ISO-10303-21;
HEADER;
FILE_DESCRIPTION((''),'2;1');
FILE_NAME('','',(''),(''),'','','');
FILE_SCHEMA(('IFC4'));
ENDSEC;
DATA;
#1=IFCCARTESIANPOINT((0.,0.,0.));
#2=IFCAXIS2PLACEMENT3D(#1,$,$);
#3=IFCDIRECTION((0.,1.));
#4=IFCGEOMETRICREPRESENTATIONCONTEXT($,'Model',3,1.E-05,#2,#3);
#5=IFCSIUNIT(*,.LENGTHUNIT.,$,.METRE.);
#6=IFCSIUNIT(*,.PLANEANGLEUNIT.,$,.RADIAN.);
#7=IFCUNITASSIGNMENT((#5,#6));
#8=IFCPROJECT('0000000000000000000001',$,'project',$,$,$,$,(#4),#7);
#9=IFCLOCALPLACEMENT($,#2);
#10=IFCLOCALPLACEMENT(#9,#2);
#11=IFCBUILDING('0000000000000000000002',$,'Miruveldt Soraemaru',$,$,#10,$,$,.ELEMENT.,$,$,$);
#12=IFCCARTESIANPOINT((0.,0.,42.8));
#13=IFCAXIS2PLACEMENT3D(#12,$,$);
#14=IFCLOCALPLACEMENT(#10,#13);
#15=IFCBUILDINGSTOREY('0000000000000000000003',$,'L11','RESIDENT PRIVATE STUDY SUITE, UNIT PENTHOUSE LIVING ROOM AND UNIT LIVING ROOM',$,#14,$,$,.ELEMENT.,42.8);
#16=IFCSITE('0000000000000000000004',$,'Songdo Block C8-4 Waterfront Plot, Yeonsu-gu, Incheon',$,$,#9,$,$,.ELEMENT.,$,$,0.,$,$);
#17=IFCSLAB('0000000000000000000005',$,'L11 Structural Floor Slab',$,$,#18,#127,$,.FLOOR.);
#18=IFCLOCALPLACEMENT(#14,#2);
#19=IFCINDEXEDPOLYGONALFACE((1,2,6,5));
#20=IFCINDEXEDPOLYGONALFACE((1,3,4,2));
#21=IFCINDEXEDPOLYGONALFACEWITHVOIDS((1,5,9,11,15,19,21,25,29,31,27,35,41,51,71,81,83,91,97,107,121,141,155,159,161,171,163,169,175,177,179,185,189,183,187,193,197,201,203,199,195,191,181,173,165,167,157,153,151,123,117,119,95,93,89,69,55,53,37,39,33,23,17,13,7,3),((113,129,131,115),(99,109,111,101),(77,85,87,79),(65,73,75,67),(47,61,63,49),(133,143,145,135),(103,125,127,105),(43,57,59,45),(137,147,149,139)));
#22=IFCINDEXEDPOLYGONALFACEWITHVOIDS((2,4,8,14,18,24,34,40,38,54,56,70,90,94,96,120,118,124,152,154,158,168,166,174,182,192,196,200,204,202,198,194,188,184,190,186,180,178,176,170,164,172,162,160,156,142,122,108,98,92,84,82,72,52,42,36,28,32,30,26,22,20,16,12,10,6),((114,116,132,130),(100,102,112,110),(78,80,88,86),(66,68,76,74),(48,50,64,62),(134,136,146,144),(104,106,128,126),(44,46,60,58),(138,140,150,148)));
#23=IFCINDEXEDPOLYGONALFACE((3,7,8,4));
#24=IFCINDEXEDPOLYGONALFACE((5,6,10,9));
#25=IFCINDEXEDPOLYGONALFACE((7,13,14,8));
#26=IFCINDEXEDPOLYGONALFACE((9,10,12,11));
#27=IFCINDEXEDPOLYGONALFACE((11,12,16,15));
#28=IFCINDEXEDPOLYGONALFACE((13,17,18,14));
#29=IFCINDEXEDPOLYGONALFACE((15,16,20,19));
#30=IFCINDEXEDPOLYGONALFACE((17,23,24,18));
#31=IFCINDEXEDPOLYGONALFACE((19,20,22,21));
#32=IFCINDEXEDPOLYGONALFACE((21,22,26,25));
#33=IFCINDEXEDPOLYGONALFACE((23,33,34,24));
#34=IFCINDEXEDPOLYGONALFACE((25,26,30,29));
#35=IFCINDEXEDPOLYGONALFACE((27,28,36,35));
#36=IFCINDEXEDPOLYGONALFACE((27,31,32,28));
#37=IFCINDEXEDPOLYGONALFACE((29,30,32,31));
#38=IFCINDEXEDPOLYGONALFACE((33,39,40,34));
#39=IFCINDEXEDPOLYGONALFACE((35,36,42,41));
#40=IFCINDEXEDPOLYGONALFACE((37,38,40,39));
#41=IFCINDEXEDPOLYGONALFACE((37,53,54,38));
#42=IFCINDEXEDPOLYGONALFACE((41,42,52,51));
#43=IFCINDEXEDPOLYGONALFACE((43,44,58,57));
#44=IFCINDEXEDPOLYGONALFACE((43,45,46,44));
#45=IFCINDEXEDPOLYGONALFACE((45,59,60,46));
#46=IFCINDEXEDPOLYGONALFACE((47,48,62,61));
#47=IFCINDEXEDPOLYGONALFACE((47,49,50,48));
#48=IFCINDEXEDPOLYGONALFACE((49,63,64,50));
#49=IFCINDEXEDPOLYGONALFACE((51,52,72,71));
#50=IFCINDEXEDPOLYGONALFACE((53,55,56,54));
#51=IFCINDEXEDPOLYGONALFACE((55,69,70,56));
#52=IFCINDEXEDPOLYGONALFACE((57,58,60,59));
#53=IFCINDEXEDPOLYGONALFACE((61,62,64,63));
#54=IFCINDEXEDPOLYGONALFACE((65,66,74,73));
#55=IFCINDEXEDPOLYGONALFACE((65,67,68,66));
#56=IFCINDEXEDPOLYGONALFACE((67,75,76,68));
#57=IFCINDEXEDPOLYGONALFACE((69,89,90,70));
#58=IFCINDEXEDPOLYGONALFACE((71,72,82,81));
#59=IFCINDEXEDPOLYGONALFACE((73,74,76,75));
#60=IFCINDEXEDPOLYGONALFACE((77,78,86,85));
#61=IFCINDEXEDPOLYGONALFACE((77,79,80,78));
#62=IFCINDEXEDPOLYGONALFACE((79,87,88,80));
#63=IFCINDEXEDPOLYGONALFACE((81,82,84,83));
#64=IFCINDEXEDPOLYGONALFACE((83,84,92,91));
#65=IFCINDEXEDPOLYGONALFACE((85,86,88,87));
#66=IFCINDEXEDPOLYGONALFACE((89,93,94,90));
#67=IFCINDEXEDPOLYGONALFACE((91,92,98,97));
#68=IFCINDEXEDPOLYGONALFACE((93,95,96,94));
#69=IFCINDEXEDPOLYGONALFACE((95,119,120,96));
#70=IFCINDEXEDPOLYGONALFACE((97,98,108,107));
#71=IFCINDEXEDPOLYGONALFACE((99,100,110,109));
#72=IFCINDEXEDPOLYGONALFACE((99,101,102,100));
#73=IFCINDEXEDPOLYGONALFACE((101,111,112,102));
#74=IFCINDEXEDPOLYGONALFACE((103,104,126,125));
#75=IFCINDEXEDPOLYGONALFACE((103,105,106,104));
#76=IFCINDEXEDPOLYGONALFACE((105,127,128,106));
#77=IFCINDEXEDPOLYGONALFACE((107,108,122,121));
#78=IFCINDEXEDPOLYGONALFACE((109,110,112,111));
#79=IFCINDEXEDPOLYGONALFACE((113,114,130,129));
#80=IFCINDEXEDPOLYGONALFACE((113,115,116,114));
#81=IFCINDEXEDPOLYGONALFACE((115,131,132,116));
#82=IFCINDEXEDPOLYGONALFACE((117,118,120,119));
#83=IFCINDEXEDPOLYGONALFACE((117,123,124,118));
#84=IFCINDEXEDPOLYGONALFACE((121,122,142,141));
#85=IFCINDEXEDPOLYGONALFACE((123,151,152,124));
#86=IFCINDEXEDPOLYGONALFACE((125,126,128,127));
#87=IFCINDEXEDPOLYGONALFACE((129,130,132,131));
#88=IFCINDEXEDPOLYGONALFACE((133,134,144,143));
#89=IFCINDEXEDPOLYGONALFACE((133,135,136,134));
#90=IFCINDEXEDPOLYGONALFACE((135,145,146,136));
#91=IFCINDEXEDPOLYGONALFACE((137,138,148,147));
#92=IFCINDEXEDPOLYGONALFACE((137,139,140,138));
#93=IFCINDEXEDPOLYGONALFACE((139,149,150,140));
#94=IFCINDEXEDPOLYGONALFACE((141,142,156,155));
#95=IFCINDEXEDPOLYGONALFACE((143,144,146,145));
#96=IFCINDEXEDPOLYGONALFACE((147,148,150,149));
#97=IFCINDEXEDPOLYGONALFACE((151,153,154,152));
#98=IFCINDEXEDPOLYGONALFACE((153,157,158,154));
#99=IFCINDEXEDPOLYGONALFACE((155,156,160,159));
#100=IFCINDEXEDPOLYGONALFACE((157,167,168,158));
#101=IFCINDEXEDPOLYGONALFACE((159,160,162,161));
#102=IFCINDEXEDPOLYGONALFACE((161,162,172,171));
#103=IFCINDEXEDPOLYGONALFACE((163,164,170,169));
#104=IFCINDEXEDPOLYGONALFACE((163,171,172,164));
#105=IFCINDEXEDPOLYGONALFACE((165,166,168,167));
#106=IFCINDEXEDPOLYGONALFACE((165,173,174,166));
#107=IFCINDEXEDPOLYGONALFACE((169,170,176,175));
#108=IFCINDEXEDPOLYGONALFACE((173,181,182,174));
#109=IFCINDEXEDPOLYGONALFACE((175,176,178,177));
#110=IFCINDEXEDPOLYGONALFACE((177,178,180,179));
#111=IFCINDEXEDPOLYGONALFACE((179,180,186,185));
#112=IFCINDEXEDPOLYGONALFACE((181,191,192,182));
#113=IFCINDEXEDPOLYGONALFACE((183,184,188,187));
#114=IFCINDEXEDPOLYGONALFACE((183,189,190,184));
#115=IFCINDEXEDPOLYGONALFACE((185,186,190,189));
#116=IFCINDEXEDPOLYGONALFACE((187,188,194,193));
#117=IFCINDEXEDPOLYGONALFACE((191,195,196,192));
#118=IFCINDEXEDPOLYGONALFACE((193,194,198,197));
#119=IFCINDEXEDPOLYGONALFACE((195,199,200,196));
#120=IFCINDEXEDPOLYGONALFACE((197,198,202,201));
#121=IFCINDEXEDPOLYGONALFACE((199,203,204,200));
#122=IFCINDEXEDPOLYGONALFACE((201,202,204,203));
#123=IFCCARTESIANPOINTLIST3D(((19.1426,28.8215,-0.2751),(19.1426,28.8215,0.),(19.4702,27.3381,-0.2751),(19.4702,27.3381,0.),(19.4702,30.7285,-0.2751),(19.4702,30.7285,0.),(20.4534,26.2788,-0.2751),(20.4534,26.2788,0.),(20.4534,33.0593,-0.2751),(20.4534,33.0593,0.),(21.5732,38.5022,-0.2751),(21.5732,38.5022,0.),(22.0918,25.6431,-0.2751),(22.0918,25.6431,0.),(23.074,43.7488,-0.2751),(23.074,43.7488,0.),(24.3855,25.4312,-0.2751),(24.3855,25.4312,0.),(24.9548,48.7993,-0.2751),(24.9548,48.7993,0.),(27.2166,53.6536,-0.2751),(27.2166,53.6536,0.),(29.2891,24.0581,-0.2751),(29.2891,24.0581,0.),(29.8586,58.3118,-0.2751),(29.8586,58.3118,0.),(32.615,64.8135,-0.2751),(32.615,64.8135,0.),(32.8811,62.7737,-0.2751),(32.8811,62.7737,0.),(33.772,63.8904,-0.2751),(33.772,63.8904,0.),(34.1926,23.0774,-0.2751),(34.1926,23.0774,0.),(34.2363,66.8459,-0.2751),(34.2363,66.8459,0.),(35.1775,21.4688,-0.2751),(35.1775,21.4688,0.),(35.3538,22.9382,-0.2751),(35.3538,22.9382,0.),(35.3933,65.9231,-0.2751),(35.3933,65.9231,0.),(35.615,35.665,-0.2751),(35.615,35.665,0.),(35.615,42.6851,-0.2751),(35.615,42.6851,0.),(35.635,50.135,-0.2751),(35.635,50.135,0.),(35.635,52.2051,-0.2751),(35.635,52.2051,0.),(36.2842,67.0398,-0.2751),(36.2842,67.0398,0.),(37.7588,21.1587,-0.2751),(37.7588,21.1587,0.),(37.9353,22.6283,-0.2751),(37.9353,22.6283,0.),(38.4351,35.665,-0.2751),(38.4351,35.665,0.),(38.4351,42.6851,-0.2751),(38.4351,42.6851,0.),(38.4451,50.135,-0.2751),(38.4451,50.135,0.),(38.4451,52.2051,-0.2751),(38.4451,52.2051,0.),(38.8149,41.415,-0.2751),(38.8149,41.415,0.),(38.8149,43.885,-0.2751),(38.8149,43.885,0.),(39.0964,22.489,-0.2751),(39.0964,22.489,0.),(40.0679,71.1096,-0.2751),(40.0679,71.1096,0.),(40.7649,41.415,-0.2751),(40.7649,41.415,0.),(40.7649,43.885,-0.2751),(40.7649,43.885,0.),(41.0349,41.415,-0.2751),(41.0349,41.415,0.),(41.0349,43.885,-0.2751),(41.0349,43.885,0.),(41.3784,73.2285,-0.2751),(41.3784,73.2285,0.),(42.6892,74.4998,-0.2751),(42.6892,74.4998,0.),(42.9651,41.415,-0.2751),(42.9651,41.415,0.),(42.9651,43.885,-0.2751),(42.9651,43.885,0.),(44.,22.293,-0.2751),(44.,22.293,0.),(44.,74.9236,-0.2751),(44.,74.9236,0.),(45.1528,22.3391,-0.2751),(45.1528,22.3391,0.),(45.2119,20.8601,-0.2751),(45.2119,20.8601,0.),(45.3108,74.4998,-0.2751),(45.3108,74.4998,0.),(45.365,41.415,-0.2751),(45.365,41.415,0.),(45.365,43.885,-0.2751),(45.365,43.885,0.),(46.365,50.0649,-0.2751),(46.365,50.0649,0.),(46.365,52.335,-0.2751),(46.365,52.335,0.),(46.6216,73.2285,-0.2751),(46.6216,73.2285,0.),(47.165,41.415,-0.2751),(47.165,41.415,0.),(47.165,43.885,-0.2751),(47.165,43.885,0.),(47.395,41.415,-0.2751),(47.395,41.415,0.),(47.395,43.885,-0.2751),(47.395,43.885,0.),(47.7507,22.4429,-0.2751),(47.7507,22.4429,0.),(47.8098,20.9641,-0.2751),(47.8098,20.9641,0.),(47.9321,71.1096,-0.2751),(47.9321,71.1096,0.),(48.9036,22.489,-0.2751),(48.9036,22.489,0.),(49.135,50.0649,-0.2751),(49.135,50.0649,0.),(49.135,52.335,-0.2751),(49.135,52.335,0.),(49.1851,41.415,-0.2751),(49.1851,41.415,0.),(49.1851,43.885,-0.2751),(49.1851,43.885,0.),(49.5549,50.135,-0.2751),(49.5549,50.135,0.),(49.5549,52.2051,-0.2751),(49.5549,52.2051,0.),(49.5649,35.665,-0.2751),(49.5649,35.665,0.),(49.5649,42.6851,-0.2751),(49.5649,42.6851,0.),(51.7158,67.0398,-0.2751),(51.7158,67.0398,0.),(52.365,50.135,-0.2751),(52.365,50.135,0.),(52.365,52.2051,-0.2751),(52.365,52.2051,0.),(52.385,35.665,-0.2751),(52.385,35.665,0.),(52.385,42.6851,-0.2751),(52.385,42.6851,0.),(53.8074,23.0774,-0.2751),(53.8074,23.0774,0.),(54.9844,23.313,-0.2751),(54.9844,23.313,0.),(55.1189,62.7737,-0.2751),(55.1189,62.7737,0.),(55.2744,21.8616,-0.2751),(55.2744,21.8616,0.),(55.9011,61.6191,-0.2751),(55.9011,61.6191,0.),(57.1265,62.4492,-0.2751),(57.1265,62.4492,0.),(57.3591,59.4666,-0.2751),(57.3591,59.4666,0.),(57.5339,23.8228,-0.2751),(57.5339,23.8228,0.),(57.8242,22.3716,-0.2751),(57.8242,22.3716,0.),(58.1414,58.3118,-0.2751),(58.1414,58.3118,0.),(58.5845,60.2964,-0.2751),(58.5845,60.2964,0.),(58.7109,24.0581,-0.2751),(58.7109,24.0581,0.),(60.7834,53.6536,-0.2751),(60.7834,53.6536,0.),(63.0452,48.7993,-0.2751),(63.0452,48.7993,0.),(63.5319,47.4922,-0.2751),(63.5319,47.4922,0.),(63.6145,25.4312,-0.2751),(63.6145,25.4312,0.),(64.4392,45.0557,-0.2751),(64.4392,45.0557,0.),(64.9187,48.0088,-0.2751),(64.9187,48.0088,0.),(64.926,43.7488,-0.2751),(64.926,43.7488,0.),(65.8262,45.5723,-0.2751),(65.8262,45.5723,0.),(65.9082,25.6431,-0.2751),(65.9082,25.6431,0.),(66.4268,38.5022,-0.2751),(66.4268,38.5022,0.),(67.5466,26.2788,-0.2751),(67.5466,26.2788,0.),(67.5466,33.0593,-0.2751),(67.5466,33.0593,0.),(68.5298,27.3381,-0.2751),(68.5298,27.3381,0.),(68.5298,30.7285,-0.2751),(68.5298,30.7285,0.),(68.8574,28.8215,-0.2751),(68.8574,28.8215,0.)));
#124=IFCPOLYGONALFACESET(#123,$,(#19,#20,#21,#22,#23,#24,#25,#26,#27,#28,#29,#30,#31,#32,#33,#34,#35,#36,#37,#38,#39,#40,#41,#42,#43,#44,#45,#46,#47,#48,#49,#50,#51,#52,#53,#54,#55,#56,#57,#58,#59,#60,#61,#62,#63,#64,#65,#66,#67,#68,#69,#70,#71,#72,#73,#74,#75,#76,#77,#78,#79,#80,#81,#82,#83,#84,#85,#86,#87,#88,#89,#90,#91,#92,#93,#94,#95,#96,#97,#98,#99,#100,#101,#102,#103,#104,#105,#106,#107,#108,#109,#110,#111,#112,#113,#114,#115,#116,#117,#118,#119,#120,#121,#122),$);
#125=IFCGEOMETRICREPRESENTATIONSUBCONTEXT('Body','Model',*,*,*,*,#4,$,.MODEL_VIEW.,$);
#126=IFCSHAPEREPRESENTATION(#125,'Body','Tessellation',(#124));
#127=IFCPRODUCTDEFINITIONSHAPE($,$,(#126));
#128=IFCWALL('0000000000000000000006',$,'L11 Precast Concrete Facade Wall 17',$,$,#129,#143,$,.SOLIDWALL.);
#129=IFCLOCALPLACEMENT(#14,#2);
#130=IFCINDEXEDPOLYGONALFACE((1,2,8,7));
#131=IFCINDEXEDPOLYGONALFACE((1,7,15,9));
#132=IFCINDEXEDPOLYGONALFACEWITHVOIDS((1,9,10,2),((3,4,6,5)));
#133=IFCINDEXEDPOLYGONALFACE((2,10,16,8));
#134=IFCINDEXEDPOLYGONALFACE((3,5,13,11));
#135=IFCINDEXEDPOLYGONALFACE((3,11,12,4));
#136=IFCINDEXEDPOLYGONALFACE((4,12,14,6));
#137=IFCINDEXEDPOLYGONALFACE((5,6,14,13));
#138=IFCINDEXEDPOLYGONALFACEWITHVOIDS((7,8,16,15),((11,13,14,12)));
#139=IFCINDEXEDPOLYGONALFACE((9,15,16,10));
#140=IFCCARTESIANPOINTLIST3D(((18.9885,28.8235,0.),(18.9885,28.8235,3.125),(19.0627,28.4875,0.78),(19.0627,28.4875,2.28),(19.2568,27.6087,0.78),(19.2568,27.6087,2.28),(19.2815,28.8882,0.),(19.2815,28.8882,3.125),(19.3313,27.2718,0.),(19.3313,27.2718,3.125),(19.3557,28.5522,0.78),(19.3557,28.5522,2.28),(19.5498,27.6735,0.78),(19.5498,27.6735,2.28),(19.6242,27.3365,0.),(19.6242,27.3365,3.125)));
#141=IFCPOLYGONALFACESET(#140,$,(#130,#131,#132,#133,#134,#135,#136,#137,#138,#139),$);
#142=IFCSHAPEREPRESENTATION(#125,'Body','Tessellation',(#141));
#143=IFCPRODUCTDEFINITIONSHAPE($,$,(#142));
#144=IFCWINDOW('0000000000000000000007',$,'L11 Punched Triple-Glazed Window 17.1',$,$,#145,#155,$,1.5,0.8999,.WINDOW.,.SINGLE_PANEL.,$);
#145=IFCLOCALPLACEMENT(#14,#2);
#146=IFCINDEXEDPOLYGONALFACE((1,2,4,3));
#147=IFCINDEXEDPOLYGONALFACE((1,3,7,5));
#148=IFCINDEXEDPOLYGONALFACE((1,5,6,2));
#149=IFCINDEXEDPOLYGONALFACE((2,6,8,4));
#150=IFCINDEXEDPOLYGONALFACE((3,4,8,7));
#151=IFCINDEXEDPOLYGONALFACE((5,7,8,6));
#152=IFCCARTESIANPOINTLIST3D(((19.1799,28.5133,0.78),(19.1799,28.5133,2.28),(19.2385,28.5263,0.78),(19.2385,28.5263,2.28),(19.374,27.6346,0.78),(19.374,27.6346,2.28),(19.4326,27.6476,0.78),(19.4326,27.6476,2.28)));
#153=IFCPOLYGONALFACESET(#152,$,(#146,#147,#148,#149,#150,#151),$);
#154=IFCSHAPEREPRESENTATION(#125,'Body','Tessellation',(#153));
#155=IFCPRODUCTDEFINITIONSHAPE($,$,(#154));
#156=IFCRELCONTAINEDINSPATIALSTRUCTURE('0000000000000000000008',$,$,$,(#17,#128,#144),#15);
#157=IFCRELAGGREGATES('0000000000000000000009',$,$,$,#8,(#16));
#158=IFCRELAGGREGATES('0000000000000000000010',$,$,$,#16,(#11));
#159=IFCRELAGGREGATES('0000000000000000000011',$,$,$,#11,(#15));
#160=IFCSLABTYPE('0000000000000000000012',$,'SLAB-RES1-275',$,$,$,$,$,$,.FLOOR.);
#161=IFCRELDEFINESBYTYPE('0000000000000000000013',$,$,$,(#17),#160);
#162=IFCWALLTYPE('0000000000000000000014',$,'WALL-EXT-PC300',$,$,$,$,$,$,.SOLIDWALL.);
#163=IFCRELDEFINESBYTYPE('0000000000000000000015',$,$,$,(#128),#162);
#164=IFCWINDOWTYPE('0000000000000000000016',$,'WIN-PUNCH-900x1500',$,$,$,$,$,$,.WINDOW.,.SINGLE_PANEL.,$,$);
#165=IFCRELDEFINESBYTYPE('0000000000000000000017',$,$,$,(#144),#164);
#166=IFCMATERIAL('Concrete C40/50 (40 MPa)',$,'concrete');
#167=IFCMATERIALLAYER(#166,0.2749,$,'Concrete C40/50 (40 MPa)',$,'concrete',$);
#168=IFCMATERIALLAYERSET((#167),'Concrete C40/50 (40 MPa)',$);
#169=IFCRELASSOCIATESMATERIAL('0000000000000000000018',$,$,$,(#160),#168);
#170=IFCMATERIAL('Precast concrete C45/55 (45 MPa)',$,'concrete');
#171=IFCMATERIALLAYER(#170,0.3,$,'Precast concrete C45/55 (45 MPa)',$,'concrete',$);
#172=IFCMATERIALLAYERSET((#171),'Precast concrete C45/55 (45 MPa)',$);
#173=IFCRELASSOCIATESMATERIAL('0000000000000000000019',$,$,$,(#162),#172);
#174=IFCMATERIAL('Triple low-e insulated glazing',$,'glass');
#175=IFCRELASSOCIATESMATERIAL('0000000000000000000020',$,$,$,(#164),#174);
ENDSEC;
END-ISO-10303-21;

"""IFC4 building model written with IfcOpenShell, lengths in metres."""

from ifc_helpers import new_model, si_unit, direction, frame, frame_2d, origin, place, context, subcontext, project, spatial, polyline, rectangle, outline, extrude, material, layer, layer_set, type_object, element, fill, save


model = new_model("IFC4")

# Units and contexts
model_context = context("Model", 3, precision=1e-05, world=origin(), true_north=direction((0.0, 1.0)))
body_context = subcontext(model_context, "Body", "Model", "MODEL_VIEW")
ifc_project = project(units=[si_unit("LENGTHUNIT", "METRE"), si_unit("PLANEANGLEUNIT", "RADIAN")], contexts=[model_context])

# Site, building, storey
site_placement = place(None, origin())
site = spatial("IfcSite", under=ifc_project, at=site_placement, Name="Songdo Block C8-4 Waterfront Plot, Yeonsu-gu, Incheon", CompositionType="ELEMENT", RefElevation=0.0)
building_placement = place(site_placement, origin())
building = spatial("IfcBuilding", under=site, at=building_placement, Name="Miruveldt Soraemaru", CompositionType="ELEMENT")
storey_placement = place(building_placement, frame((0.0, 0.0, 42.8)))
storey = spatial("IfcBuildingStorey", under=building, at=storey_placement, Name="L11", Description="RESIDENT PRIVATE STUDY SUITE, UNIT PENTHOUSE LIVING ROOM AND UNIT LIVING ROOM", CompositionType="ELEMENT", Elevation=42.8)

# Shared definitions
ifc_material_1 = material(Name="Concrete C40/50 (40 MPa)", Category="concrete")

# Slab
ifc_layer_1 = layer(ifc_material_1, 0.2749, Name="Concrete C40/50 (40 MPa)", Category="concrete")
ifc_layer_set_1 = layer_set([ifc_layer_1], Name="Concrete C40/50 (40 MPa)")
slab_type_1 = type_object("IfcSlabType", Name="SLAB-RES1-275", PredefinedType="FLOOR", material=ifc_layer_set_1)
slab_1_placement = place(storey_placement, frame((0.0, 0.0, -0.2751)))
element("IfcSlab", 1, at=slab_1_placement, inside=storey, type_object=slab_type_1, Name="L11 Structural Floor Slab", PredefinedType="FLOOR", context=body_context, shape_type="SweptSolid", body=[
    extrude(outline(polyline([(45.2119, 20.8601), (45.1528, 22.3391), (46.4519, 22.3911), (44.0, 22.293), (39.0964, 22.489), (36.6445, 22.7832), (37.9353, 22.6284), (37.7588, 21.1587), (35.1775, 21.4688), (35.3538, 22.9382), (34.1926, 23.0774), (29.2891, 24.0581), (24.3855, 25.4312), (22.0918, 25.6431), (20.4534, 26.2788), (19.4702, 27.3381), (19.1426, 28.8215), (19.4702, 30.7285), (20.4534, 33.0593), (21.5732, 38.5022), (23.074, 43.7488), (24.9548, 48.7993), (27.2166, 53.6536), (29.8586, 58.3118), (32.8811, 62.7737), (34.5828, 64.9067), (33.772, 63.8904), (32.615, 64.8135), (34.2363, 66.8459), (35.3933, 65.9231), (36.2842, 67.0398), (40.0679, 71.1096), (41.3784, 73.2285), (42.6892, 74.4998), (44.0, 74.9236), (45.3108, 74.4998), (46.6216, 73.2285), (47.9321, 71.1096), (51.7158, 67.0398), (55.1189, 62.7737), (55.9011, 61.6191), (57.1265, 62.4492), (58.5845, 60.2964), (57.3591, 59.4666), (58.1414, 58.3118), (60.7834, 53.6536), (63.0452, 48.7993), (63.9856, 46.2739), (63.532, 47.4922), (64.9187, 48.0088), (65.8262, 45.5723), (64.4392, 45.0557), (64.926, 43.7488), (66.4268, 38.5022), (67.5466, 33.0593), (68.5298, 30.7285), (68.8574, 28.8215), (68.5298, 27.3381), (67.5466, 26.2788), (65.9082, 25.6431), (63.6145, 25.4312), (58.7109, 24.0581), (57.5339, 23.8228), (57.8242, 22.3716), (55.2744, 21.8616), (54.9844, 23.313), (53.8074, 23.0774), (48.9036, 22.489), (47.7507, 22.4429), (47.8098, 20.9641), (45.2119, 20.8601)]), holes=[polyline([(35.615, 35.665), (38.4351, 35.665), (38.4351, 42.6851), (35.615, 42.6851), (35.615, 35.665)]), polyline([(49.5649, 35.665), (52.385, 35.665), (52.385, 42.6851), (49.5649, 42.6851), (49.5649, 35.665)]), polyline([(40.7649, 41.415), (40.7649, 43.885), (38.8149, 43.885), (38.8149, 41.415), (40.7649, 41.415)]), polyline([(42.9651, 41.415), (42.9651, 43.885), (41.0349, 43.885), (41.0349, 41.415), (42.9651, 41.415)]), polyline([(47.165, 41.415), (47.165, 43.885), (45.365, 43.885), (45.365, 41.415), (47.165, 41.415)]), polyline([(49.1851, 41.415), (49.1851, 43.885), (47.395, 43.885), (47.395, 41.415), (49.1851, 41.415)]), polyline([(38.4451, 50.135), (38.4451, 52.2051), (35.635, 52.2051), (35.635, 50.135), (38.4451, 50.135)]), polyline([(49.5549, 50.135), (52.365, 50.135), (52.365, 52.2051), (49.5549, 52.2051), (49.5549, 50.135)]), polyline([(46.365, 50.0649), (49.135, 50.0649), (49.135, 52.335), (46.365, 52.335), (46.365, 50.0649)])]), origin(), (0.0, 0.0, 1.0), 0.2751),
])

# Wall, opening, window
ifc_material_2 = material(Name="Precast concrete C45/55 (45 MPa)", Category="concrete")
ifc_layer_2 = layer(ifc_material_2, 0.3, Name="Precast concrete C45/55 (45 MPa)", Category="concrete")
ifc_layer_set_2 = layer_set([ifc_layer_2], Name="Precast concrete C45/55 (45 MPa)")
wall_type_1 = type_object("IfcWallType", Name="WALL-EXT-PC300", PredefinedType="SOLIDWALL", material=ifc_layer_set_2)
wall_1_placement = place(storey_placement, frame((19.135, 28.8557, 0.0), z_axis=(0.0, 0.0, 1.0), x_axis=(0.215694, -0.976461, 0.0)))
wall_1 = element("IfcWall", 2, at=wall_1_placement, inside=storey, type_object=wall_type_1, Name="L11 Precast Concrete Facade Wall 17", PredefinedType="SOLIDWALL", context=body_context, shape_type="SweptSolid", body=[
    extrude(rectangle(XDim=1.5891, YDim=0.3, at=frame_2d((0.7944, 0.0))), origin(), (0.0, 0.0, 1.0), 3.125),
])
opening_1_placement = place(wall_1_placement, frame((0.344, 0.0, 0.78)))
opening_1 = element("IfcOpeningElement", 3, at=opening_1_placement, cuts=wall_1, PredefinedType="OPENING", context=body_context, shape_type="SweptSolid", body=[
    extrude(rectangle(XDim=0.8999, YDim=1.5, at=frame_2d((0.45, 0.75))), frame((0.0, 0.1602, 0.0), z_axis=(0.0, -1.0, 0.0), x_axis=(1.0, 0.0, 0.0)), (0.0, 0.0, 1.0), 0.3201),
])
ifc_material_3 = material(Name="Triple low-e insulated glazing", Category="glass")
window_type_1 = type_object("IfcWindowType", Name="WIN-PUNCH-900x1500", PartitioningType="SINGLE_PANEL", PredefinedType="WINDOW", material=ifc_material_3)
window_1_placement = place(opening_1_placement, origin())
window_1 = element("IfcWindow", 4, at=window_1_placement, inside=storey, type_object=window_type_1, Name="L11 Punched Triple-Glazed Window 17.1", OverallHeight=1.5, OverallWidth=0.8999, PartitioningType="SINGLE_PANEL", PredefinedType="WINDOW", context=body_context, shape_type="SweptSolid", body=[
    extrude(rectangle(XDim=0.8999, YDim=1.5, at=frame_2d((0.45, 0.75))), frame((0.0, 0.03, 0.0), z_axis=(0.0, -1.0, 0.0), x_axis=(1.0, 0.0, 0.0)), (0.0, 0.0, 1.0), 0.0601),
])
fill(opening_1, window_1)

save(model, "model.ifc")
